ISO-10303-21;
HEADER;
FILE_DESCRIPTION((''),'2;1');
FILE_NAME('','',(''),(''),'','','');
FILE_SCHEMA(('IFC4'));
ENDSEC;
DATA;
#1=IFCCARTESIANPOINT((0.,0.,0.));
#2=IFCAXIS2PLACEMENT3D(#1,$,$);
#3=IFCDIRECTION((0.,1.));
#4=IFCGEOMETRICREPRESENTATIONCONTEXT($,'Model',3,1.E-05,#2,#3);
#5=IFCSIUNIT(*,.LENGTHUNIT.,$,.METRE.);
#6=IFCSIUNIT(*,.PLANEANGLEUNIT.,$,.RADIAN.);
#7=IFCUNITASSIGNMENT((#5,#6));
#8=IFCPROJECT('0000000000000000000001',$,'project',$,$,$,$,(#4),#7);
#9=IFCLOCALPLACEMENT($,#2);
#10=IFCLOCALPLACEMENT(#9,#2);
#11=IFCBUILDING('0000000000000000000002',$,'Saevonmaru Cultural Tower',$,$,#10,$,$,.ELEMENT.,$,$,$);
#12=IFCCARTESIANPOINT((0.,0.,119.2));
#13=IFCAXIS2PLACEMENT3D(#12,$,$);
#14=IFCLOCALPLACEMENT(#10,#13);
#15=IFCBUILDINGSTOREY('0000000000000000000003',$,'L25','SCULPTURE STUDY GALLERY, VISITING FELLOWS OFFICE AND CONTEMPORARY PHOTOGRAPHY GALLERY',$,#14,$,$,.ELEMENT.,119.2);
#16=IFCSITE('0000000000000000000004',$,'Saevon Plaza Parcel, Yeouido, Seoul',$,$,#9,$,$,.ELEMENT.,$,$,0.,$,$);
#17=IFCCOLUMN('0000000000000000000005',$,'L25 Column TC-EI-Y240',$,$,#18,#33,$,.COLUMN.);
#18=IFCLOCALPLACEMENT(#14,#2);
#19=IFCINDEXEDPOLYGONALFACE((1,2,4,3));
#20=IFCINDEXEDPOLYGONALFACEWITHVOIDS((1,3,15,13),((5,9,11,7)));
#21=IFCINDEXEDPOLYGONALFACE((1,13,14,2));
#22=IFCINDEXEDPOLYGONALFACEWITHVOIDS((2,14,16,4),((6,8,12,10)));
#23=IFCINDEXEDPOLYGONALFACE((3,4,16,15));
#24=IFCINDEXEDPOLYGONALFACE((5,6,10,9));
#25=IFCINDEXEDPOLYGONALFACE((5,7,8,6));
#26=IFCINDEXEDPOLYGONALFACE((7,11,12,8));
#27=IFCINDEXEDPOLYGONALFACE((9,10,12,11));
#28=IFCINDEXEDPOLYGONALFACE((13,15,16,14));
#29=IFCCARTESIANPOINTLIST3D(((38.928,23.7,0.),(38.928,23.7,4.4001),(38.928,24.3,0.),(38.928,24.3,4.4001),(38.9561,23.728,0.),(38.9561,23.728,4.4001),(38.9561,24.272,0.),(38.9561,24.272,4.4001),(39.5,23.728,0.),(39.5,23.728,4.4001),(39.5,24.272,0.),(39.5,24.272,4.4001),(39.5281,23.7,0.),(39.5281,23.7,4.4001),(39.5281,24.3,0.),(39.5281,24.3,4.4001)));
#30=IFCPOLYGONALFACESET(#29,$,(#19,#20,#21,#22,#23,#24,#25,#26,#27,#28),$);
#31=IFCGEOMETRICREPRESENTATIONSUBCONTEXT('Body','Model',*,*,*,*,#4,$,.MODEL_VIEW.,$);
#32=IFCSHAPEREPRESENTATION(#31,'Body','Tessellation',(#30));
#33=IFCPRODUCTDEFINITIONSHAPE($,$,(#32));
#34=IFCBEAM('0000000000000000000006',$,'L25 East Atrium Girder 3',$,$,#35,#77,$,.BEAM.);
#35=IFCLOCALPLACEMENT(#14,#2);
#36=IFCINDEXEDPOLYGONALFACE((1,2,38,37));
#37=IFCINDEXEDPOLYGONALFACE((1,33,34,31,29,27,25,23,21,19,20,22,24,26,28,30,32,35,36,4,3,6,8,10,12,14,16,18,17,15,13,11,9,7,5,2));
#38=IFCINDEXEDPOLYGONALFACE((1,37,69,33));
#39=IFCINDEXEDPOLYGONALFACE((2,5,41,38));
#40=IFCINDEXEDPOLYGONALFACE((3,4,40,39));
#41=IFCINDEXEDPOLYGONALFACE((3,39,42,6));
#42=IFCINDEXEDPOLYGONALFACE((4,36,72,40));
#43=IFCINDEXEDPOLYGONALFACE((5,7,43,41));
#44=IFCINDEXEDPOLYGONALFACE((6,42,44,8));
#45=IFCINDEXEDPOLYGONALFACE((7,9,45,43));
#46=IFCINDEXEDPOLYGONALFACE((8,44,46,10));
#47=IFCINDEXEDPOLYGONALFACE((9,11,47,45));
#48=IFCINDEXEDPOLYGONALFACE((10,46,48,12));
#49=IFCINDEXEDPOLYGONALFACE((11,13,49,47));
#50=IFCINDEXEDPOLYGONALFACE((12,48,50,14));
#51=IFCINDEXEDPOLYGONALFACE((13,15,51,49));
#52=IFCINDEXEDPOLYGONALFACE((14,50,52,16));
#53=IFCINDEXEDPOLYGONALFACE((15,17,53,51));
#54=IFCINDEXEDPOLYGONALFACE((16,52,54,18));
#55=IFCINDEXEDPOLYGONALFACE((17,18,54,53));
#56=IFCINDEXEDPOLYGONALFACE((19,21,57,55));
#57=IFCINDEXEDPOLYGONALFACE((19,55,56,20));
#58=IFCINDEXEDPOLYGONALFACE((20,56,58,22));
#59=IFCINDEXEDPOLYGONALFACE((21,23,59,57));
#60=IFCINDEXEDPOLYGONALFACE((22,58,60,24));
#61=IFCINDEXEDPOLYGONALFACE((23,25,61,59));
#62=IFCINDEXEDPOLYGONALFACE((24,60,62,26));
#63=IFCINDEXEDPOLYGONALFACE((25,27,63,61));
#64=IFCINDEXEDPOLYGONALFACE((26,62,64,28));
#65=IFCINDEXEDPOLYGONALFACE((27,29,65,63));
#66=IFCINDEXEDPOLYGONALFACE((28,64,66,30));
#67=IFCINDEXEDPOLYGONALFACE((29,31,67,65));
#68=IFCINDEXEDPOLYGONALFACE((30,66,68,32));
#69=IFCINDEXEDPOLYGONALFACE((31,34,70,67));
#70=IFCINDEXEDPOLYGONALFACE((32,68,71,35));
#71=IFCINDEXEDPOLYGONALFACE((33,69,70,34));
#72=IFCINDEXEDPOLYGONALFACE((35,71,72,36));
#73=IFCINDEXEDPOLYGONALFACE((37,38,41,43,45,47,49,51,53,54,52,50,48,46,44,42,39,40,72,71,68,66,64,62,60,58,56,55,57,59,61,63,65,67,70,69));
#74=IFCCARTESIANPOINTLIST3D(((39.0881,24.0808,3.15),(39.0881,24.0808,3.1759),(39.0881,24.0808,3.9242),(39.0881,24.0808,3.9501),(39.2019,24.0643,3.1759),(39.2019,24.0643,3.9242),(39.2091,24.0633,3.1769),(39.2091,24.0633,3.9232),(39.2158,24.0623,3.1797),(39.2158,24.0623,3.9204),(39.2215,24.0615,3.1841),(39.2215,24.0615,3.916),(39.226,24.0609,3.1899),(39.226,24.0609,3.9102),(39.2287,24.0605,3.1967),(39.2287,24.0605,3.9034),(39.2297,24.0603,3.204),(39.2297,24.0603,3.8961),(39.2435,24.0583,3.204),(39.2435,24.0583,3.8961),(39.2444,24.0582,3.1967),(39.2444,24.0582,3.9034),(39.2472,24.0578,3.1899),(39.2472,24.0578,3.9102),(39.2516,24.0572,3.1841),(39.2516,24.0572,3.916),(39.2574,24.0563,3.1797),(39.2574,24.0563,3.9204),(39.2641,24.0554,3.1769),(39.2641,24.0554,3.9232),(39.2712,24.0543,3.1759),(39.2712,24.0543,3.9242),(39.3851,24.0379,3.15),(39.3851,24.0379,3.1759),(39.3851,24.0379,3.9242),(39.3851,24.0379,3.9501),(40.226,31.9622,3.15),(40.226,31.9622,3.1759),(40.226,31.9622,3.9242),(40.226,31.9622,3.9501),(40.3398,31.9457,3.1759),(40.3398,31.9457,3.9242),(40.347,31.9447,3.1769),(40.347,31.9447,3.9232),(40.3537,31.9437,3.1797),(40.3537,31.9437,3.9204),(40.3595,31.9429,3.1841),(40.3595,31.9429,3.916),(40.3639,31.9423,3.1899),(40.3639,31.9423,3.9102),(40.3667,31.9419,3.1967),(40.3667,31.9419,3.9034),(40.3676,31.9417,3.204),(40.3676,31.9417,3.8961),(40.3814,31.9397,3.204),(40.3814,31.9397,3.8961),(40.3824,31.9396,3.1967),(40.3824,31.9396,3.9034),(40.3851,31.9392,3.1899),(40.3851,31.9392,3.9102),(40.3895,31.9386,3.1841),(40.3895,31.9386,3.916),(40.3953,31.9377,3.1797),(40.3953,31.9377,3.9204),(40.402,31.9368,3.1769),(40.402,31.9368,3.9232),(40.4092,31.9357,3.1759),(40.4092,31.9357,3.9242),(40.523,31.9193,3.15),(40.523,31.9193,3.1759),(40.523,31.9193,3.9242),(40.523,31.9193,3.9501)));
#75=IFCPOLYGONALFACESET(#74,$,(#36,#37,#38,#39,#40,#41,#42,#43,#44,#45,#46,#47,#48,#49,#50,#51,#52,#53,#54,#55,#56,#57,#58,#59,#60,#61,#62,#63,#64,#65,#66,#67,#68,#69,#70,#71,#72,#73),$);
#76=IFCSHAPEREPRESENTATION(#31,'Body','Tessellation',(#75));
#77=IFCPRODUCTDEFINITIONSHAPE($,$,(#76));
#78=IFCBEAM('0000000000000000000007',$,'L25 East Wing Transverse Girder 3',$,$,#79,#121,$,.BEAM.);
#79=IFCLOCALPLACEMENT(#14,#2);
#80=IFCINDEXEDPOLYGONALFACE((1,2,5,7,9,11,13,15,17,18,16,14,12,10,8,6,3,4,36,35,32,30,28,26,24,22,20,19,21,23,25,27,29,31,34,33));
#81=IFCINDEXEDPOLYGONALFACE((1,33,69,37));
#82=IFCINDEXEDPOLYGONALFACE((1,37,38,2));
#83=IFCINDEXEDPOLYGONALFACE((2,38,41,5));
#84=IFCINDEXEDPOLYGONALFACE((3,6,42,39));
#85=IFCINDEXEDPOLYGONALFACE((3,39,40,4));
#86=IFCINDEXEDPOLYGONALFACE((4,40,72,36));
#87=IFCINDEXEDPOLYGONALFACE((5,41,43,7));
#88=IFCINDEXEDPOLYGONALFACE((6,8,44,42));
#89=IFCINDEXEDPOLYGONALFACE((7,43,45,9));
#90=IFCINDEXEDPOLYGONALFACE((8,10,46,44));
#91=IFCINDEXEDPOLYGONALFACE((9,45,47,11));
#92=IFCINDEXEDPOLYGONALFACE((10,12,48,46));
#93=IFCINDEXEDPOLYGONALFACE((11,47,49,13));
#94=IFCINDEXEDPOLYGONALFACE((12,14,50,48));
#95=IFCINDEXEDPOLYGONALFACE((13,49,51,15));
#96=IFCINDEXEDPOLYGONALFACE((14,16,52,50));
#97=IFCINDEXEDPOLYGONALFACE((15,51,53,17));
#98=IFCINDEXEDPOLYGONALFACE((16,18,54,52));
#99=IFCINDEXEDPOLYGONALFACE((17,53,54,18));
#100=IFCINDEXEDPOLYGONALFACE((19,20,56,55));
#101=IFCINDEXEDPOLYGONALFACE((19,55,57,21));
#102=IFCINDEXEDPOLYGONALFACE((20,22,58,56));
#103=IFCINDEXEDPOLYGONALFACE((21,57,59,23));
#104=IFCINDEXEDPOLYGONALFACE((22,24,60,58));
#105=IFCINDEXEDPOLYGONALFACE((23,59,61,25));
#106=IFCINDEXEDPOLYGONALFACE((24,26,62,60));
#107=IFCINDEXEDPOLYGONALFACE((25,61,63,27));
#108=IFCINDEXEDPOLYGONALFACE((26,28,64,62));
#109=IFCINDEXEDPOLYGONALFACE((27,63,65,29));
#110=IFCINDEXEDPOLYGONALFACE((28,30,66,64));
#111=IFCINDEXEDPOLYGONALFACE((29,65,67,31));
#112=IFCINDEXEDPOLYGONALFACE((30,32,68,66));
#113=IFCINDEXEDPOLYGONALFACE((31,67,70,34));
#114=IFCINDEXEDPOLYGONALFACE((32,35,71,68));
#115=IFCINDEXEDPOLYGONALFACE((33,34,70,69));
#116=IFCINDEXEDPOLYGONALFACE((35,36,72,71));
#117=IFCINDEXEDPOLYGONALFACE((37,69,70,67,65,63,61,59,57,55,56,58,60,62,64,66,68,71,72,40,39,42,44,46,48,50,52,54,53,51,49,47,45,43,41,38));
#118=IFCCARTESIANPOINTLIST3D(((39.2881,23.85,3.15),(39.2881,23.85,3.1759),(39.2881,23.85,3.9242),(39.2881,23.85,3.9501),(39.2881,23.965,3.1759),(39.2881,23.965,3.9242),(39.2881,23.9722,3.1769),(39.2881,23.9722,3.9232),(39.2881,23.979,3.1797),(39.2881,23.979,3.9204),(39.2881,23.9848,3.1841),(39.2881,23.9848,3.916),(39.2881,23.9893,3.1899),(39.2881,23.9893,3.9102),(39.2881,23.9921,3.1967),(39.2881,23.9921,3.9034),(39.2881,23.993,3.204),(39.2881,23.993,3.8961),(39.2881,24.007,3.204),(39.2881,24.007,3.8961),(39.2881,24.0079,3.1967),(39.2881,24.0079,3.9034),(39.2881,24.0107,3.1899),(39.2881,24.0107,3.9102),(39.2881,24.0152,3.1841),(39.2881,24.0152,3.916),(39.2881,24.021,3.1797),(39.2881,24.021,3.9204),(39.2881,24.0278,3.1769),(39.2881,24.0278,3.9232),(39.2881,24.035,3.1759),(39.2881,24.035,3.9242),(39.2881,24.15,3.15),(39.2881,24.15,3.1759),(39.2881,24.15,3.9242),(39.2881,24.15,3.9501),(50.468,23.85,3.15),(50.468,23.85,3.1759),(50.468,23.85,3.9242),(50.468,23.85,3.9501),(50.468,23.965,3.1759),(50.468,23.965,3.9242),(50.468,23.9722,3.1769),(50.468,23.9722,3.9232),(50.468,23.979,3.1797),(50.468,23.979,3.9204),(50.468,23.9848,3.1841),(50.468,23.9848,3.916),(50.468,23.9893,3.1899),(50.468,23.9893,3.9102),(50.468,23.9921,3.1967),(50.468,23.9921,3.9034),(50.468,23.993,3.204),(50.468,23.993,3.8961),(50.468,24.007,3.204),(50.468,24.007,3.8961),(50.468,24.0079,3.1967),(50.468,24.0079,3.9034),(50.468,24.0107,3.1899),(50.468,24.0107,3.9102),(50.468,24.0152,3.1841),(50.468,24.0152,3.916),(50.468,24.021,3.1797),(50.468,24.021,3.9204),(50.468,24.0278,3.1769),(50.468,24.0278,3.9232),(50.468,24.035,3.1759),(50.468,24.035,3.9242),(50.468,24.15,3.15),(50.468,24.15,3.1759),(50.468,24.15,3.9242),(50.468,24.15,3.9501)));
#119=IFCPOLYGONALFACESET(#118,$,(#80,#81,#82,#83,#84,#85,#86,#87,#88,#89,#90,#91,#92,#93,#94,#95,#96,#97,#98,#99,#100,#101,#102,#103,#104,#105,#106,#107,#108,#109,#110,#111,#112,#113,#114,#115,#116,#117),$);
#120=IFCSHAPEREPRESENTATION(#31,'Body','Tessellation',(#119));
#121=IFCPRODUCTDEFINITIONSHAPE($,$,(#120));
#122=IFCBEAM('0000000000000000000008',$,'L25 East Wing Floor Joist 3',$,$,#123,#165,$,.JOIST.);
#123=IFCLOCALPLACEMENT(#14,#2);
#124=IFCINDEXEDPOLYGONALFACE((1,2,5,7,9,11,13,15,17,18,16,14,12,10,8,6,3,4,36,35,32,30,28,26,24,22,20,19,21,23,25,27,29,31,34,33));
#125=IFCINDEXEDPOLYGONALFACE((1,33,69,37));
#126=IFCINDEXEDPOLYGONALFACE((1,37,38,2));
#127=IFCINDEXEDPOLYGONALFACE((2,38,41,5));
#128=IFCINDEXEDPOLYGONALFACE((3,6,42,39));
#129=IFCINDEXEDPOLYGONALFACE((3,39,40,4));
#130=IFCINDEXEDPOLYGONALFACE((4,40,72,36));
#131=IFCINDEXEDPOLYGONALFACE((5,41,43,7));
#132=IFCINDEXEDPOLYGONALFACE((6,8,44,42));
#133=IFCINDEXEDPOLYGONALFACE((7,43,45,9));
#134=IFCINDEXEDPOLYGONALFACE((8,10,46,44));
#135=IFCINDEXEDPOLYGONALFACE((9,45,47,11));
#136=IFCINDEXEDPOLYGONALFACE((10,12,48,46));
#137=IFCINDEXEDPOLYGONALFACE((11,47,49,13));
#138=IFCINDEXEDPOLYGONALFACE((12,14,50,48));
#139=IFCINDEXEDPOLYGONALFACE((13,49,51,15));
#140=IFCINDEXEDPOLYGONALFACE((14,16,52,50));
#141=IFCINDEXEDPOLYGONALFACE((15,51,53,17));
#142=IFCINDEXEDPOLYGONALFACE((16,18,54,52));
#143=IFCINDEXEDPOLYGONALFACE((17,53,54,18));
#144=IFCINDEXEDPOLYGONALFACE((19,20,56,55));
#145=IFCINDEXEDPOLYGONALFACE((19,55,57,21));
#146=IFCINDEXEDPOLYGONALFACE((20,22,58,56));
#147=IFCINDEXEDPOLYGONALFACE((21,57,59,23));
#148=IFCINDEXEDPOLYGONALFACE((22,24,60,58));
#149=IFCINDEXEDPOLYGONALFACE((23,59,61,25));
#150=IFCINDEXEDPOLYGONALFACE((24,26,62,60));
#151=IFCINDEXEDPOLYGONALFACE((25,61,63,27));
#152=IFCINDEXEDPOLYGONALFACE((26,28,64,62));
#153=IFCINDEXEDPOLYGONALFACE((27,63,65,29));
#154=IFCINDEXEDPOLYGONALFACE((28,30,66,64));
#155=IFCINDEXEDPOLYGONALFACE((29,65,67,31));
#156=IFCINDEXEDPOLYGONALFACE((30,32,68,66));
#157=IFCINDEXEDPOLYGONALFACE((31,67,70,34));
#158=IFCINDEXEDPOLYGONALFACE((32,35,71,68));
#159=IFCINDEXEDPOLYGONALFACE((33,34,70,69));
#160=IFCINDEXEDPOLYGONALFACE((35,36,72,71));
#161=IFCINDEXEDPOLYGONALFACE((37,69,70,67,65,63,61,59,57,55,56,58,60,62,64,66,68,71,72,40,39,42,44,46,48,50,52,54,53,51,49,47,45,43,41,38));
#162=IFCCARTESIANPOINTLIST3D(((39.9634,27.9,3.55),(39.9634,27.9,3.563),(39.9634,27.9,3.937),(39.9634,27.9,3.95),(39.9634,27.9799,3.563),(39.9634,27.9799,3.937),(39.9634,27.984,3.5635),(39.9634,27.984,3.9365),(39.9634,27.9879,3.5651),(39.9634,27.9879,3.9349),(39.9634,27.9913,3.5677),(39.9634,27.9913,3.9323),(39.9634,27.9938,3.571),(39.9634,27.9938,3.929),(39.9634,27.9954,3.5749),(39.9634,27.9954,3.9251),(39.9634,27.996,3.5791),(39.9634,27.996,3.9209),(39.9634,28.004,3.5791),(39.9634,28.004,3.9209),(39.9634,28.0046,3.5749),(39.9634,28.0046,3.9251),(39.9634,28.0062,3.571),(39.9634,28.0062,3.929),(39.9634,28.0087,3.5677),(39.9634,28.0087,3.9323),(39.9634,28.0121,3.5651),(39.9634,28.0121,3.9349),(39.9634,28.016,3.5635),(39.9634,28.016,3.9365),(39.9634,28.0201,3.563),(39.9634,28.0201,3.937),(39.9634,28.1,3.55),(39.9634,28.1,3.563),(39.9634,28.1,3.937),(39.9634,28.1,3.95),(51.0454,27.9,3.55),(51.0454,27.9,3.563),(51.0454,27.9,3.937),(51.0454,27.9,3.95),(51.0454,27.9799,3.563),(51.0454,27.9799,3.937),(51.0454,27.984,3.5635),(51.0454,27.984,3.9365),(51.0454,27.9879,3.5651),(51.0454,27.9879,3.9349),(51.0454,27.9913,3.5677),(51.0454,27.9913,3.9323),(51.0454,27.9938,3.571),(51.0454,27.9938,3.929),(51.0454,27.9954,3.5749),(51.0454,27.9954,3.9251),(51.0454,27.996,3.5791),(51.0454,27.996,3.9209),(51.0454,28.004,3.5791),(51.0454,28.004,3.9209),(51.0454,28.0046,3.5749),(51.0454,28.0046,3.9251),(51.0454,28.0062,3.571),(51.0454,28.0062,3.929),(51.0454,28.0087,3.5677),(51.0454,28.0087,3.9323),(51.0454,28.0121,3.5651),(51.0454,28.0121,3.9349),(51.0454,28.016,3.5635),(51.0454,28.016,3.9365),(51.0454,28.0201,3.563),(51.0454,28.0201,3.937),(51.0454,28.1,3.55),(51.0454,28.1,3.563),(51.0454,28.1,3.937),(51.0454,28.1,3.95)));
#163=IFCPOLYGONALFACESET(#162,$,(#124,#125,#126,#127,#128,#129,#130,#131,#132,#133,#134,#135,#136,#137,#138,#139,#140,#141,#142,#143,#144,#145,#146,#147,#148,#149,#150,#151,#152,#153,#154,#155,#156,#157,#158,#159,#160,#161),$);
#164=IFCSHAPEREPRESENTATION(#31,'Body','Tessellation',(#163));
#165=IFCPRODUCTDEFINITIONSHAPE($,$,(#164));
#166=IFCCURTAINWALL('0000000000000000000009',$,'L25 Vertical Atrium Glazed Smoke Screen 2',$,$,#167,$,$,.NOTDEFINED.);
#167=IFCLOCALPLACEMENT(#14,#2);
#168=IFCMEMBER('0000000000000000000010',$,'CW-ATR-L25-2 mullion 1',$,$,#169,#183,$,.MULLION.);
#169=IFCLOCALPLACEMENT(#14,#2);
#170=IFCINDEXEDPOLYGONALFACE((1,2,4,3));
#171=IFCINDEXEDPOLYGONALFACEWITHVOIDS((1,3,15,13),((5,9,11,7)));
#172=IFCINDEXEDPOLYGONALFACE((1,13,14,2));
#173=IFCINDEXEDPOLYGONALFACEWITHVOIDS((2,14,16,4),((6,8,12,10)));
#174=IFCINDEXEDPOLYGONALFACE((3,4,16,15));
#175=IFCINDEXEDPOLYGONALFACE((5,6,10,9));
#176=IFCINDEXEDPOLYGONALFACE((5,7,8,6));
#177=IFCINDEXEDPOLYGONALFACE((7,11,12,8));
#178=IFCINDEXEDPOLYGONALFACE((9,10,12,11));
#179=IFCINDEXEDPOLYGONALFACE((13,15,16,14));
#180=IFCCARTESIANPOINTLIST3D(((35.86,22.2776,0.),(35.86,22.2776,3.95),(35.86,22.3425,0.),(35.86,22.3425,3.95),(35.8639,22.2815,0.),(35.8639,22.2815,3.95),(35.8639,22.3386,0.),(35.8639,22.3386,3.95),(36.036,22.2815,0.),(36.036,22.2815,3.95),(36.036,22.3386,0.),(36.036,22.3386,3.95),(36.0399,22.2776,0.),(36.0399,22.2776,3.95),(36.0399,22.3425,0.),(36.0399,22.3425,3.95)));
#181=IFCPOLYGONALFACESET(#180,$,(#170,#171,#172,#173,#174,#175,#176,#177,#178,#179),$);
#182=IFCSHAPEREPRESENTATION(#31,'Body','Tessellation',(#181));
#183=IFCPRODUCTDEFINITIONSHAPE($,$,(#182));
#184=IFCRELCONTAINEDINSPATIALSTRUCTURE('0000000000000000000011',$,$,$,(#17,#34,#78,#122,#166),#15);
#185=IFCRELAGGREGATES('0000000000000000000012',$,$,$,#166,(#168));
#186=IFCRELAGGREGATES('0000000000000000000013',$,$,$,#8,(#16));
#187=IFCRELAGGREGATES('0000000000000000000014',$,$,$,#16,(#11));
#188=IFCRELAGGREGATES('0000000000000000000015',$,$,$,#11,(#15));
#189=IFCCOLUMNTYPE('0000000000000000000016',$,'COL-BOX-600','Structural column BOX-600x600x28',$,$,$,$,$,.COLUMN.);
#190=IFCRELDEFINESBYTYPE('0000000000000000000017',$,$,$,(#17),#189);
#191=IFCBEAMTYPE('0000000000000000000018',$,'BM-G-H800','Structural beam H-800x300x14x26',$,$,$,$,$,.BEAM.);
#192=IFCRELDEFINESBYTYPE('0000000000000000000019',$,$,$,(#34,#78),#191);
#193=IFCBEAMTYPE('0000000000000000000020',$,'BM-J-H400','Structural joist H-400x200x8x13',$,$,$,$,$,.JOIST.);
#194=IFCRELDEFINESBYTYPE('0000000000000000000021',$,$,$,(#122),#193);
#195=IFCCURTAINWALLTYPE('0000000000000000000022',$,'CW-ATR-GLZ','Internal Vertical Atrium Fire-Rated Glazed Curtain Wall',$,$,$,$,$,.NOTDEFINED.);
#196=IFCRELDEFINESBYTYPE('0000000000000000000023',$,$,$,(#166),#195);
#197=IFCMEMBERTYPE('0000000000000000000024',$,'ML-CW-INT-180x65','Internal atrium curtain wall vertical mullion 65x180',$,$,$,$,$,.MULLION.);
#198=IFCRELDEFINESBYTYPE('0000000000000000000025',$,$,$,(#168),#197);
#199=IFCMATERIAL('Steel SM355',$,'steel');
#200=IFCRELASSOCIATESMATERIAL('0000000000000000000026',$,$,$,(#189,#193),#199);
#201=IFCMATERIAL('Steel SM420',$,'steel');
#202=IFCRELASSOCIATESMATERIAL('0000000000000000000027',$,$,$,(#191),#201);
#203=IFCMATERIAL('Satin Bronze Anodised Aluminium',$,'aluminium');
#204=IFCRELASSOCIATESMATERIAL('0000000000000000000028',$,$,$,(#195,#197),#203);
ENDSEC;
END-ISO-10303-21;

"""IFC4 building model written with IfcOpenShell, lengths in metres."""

from ifc_helpers import new_model, si_unit, direction, frame, origin, origin_2d, place, context, subcontext, project, spatial, hollow_rectangle, i_section, extrude, material, material_profile, profile_set, type_object, element, aggregate, save


model = new_model("IFC4")

# Units and contexts
model_context = context("Model", 3, precision=1e-05, world=origin(), true_north=direction((0.0, 1.0)))
body_context = subcontext(model_context, "Body", "Model", "MODEL_VIEW")
ifc_project = project(units=[si_unit("LENGTHUNIT", "METRE"), si_unit("PLANEANGLEUNIT", "RADIAN")], contexts=[model_context])

# Site, building, storey
site_placement = place(None, origin())
site = spatial("IfcSite", under=ifc_project, at=site_placement, Name="Saevon Plaza Parcel, Yeouido, Seoul", CompositionType="ELEMENT", RefElevation=0.0)
building_placement = place(site_placement, origin())
building = spatial("IfcBuilding", under=site, at=building_placement, Name="Saevonmaru Cultural Tower", CompositionType="ELEMENT")
storey_placement = place(building_placement, frame((0.0, 0.0, 119.2)))
storey = spatial("IfcBuildingStorey", under=building, at=storey_placement, Name="L25", Description="SCULPTURE STUDY GALLERY, VISITING FELLOWS OFFICE AND CONTEMPORARY PHOTOGRAPHY GALLERY", CompositionType="ELEMENT", Elevation=119.2)

# Column
ifc_material_1 = material(Name="Steel SM355", Category="steel")
ifc_material_profile_1 = material_profile(ifc_material_1, hollow_rectangle(XDim=0.6001, YDim=0.6001, WallThickness=0.0281, at=origin_2d()), Name="BOX-600x600x28")
ifc_profile_set_1 = profile_set([ifc_material_profile_1], Name="Steel SM355")
column_type = type_object("IfcColumnType", Name="COL-BOX-600", Description="Structural column BOX-600x600x28", PredefinedType="COLUMN", material=ifc_profile_set_1)
column_placement = place(storey_placement, frame((39.228, 24.0, 0.0), z_axis=(0.0, 0.0, 1.0), x_axis=(1.0, 0.0, 0.0)))
element("IfcColumn", 1, at=column_placement, inside=storey, type_object=column_type, Name="L25 Column TC-EI-Y240", PredefinedType="COLUMN", context=body_context, shape_type="SweptSolid", body=[
    extrude(hollow_rectangle(XDim=0.6001, YDim=0.6001, WallThickness=0.0281, at=origin_2d()), origin(), (0.0, 0.0, 1.0), 4.4001),
])

# Beams
ifc_material_2 = material(Name="Steel SM420", Category="steel")
ifc_material_profile_2 = material_profile(ifc_material_2, i_section(OverallWidth=0.3, OverallDepth=0.8, WebThickness=0.0139, FlangeThickness=0.0259, FilletRadius=0.0281, at=origin_2d()), Name="H-800x300x14x26")
ifc_profile_set_2 = profile_set([ifc_material_profile_2], Name="Steel SM420")
beam_type_1 = type_object("IfcBeamType", Name="BM-G-H800", Description="Structural beam H-800x300x14x26", PredefinedType="BEAM", material=ifc_profile_set_2)
beam_1_placement = place(storey_placement, frame((39.2366, 24.0593, 3.55), z_axis=(0.142902, 0.989737, 0.0), x_axis=(-0.989737, 0.142902, 0.0)))
element("IfcBeam", 2, at=beam_1_placement, inside=storey, type_object=beam_type_1, Name="L25 East Atrium Girder 3", PredefinedType="BEAM", context=body_context, shape_type="SweptSolid", body=[
    extrude(i_section(OverallWidth=0.3, OverallDepth=0.8, WebThickness=0.0139, FlangeThickness=0.0259, FilletRadius=0.0281, at=origin_2d()), origin(), (0.0, 0.0, 1.0), 7.9631),
])
beam_2_placement = place(storey_placement, frame((39.2881, 24.0, 3.55), z_axis=(1.0, 0.0, 0.0), x_axis=(0.0, 1.0, 0.0)))
element("IfcBeam", 3, at=beam_2_placement, inside=storey, type_object=beam_type_1, Name="L25 East Wing Transverse Girder 3", PredefinedType="BEAM", context=body_context, shape_type="SweptSolid", body=[
    extrude(i_section(OverallWidth=0.3, OverallDepth=0.8, WebThickness=0.0139, FlangeThickness=0.0259, FilletRadius=0.0281, at=origin_2d()), origin(), (0.0, 0.0, 1.0), 11.1799),
])
ifc_material_profile_3 = material_profile(ifc_material_1, i_section(OverallWidth=0.2, OverallDepth=0.3999, WebThickness=0.0081, FlangeThickness=0.0129, FilletRadius=0.0161, at=origin_2d()), Name="H-400x200x8x13")
ifc_profile_set_3 = profile_set([ifc_material_profile_3], Name="Steel SM355")
beam_type_2 = type_object("IfcBeamType", Name="BM-J-H400", Description="Structural joist H-400x200x8x13", PredefinedType="JOIST", material=ifc_profile_set_3)
beam_3_placement = place(storey_placement, frame((39.9634, 28.0, 3.75), z_axis=(1.0, 0.0, 0.0), x_axis=(0.0, 1.0, 0.0)))
element("IfcBeam", 4, at=beam_3_placement, inside=storey, type_object=beam_type_2, Name="L25 East Wing Floor Joist 3", PredefinedType="JOIST", context=body_context, shape_type="SweptSolid", body=[
    extrude(i_section(OverallWidth=0.2, OverallDepth=0.3999, WebThickness=0.0081, FlangeThickness=0.0129, FilletRadius=0.0161, at=origin_2d()), origin(), (0.0, 0.0, 1.0), 11.082),
])

# Curtain wall, member
ifc_material_3 = material(Name="Satin Bronze Anodised Aluminium", Category="aluminium")
curtain_wall_type = type_object("IfcCurtainWallType", Name="CW-ATR-GLZ", Description="Internal Vertical Atrium Fire-Rated Glazed Curtain Wall", PredefinedType="NOTDEFINED", material=ifc_material_3)
curtain_wall_1_placement = place(storey_placement, origin())
curtain_wall_1 = element("IfcCurtainWall", 5, at=curtain_wall_1_placement, inside=storey, type_object=curtain_wall_type, Name="L25 Vertical Atrium Glazed Smoke Screen 2", PredefinedType="NOTDEFINED")
ifc_material_profile_4 = material_profile(ifc_material_3, hollow_rectangle(XDim=0.0649, YDim=0.1799, WallThickness=0.0039, at=origin_2d()), Name="ALU-MULL-180x65x4")
ifc_profile_set_4 = profile_set([ifc_material_profile_4], Name="Satin Bronze Anodised Aluminium")
member_type_1 = type_object("IfcMemberType", Name="ML-CW-INT-180x65", Description="Internal atrium curtain wall vertical mullion 65x180", PredefinedType="MULLION", material=ifc_profile_set_4)
member_1_placement = place(storey_placement, frame((35.95, 22.3101, 0.0), z_axis=(0.0, 0.0, 1.0), x_axis=(0.0, 1.0, 0.0)))
member_1 = element("IfcMember", 6, at=member_1_placement, type_object=member_type_1, Name="CW-ATR-L25-2 mullion 1", PredefinedType="MULLION", context=body_context, shape_type="SweptSolid", body=[
    extrude(hollow_rectangle(XDim=0.0649, YDim=0.1799, WallThickness=0.0039, at=origin_2d()), origin(), (0.0, 0.0, 1.0), 3.95),
])

aggregate(curtain_wall_1, [member_1])

save(model, "model.ifc")
